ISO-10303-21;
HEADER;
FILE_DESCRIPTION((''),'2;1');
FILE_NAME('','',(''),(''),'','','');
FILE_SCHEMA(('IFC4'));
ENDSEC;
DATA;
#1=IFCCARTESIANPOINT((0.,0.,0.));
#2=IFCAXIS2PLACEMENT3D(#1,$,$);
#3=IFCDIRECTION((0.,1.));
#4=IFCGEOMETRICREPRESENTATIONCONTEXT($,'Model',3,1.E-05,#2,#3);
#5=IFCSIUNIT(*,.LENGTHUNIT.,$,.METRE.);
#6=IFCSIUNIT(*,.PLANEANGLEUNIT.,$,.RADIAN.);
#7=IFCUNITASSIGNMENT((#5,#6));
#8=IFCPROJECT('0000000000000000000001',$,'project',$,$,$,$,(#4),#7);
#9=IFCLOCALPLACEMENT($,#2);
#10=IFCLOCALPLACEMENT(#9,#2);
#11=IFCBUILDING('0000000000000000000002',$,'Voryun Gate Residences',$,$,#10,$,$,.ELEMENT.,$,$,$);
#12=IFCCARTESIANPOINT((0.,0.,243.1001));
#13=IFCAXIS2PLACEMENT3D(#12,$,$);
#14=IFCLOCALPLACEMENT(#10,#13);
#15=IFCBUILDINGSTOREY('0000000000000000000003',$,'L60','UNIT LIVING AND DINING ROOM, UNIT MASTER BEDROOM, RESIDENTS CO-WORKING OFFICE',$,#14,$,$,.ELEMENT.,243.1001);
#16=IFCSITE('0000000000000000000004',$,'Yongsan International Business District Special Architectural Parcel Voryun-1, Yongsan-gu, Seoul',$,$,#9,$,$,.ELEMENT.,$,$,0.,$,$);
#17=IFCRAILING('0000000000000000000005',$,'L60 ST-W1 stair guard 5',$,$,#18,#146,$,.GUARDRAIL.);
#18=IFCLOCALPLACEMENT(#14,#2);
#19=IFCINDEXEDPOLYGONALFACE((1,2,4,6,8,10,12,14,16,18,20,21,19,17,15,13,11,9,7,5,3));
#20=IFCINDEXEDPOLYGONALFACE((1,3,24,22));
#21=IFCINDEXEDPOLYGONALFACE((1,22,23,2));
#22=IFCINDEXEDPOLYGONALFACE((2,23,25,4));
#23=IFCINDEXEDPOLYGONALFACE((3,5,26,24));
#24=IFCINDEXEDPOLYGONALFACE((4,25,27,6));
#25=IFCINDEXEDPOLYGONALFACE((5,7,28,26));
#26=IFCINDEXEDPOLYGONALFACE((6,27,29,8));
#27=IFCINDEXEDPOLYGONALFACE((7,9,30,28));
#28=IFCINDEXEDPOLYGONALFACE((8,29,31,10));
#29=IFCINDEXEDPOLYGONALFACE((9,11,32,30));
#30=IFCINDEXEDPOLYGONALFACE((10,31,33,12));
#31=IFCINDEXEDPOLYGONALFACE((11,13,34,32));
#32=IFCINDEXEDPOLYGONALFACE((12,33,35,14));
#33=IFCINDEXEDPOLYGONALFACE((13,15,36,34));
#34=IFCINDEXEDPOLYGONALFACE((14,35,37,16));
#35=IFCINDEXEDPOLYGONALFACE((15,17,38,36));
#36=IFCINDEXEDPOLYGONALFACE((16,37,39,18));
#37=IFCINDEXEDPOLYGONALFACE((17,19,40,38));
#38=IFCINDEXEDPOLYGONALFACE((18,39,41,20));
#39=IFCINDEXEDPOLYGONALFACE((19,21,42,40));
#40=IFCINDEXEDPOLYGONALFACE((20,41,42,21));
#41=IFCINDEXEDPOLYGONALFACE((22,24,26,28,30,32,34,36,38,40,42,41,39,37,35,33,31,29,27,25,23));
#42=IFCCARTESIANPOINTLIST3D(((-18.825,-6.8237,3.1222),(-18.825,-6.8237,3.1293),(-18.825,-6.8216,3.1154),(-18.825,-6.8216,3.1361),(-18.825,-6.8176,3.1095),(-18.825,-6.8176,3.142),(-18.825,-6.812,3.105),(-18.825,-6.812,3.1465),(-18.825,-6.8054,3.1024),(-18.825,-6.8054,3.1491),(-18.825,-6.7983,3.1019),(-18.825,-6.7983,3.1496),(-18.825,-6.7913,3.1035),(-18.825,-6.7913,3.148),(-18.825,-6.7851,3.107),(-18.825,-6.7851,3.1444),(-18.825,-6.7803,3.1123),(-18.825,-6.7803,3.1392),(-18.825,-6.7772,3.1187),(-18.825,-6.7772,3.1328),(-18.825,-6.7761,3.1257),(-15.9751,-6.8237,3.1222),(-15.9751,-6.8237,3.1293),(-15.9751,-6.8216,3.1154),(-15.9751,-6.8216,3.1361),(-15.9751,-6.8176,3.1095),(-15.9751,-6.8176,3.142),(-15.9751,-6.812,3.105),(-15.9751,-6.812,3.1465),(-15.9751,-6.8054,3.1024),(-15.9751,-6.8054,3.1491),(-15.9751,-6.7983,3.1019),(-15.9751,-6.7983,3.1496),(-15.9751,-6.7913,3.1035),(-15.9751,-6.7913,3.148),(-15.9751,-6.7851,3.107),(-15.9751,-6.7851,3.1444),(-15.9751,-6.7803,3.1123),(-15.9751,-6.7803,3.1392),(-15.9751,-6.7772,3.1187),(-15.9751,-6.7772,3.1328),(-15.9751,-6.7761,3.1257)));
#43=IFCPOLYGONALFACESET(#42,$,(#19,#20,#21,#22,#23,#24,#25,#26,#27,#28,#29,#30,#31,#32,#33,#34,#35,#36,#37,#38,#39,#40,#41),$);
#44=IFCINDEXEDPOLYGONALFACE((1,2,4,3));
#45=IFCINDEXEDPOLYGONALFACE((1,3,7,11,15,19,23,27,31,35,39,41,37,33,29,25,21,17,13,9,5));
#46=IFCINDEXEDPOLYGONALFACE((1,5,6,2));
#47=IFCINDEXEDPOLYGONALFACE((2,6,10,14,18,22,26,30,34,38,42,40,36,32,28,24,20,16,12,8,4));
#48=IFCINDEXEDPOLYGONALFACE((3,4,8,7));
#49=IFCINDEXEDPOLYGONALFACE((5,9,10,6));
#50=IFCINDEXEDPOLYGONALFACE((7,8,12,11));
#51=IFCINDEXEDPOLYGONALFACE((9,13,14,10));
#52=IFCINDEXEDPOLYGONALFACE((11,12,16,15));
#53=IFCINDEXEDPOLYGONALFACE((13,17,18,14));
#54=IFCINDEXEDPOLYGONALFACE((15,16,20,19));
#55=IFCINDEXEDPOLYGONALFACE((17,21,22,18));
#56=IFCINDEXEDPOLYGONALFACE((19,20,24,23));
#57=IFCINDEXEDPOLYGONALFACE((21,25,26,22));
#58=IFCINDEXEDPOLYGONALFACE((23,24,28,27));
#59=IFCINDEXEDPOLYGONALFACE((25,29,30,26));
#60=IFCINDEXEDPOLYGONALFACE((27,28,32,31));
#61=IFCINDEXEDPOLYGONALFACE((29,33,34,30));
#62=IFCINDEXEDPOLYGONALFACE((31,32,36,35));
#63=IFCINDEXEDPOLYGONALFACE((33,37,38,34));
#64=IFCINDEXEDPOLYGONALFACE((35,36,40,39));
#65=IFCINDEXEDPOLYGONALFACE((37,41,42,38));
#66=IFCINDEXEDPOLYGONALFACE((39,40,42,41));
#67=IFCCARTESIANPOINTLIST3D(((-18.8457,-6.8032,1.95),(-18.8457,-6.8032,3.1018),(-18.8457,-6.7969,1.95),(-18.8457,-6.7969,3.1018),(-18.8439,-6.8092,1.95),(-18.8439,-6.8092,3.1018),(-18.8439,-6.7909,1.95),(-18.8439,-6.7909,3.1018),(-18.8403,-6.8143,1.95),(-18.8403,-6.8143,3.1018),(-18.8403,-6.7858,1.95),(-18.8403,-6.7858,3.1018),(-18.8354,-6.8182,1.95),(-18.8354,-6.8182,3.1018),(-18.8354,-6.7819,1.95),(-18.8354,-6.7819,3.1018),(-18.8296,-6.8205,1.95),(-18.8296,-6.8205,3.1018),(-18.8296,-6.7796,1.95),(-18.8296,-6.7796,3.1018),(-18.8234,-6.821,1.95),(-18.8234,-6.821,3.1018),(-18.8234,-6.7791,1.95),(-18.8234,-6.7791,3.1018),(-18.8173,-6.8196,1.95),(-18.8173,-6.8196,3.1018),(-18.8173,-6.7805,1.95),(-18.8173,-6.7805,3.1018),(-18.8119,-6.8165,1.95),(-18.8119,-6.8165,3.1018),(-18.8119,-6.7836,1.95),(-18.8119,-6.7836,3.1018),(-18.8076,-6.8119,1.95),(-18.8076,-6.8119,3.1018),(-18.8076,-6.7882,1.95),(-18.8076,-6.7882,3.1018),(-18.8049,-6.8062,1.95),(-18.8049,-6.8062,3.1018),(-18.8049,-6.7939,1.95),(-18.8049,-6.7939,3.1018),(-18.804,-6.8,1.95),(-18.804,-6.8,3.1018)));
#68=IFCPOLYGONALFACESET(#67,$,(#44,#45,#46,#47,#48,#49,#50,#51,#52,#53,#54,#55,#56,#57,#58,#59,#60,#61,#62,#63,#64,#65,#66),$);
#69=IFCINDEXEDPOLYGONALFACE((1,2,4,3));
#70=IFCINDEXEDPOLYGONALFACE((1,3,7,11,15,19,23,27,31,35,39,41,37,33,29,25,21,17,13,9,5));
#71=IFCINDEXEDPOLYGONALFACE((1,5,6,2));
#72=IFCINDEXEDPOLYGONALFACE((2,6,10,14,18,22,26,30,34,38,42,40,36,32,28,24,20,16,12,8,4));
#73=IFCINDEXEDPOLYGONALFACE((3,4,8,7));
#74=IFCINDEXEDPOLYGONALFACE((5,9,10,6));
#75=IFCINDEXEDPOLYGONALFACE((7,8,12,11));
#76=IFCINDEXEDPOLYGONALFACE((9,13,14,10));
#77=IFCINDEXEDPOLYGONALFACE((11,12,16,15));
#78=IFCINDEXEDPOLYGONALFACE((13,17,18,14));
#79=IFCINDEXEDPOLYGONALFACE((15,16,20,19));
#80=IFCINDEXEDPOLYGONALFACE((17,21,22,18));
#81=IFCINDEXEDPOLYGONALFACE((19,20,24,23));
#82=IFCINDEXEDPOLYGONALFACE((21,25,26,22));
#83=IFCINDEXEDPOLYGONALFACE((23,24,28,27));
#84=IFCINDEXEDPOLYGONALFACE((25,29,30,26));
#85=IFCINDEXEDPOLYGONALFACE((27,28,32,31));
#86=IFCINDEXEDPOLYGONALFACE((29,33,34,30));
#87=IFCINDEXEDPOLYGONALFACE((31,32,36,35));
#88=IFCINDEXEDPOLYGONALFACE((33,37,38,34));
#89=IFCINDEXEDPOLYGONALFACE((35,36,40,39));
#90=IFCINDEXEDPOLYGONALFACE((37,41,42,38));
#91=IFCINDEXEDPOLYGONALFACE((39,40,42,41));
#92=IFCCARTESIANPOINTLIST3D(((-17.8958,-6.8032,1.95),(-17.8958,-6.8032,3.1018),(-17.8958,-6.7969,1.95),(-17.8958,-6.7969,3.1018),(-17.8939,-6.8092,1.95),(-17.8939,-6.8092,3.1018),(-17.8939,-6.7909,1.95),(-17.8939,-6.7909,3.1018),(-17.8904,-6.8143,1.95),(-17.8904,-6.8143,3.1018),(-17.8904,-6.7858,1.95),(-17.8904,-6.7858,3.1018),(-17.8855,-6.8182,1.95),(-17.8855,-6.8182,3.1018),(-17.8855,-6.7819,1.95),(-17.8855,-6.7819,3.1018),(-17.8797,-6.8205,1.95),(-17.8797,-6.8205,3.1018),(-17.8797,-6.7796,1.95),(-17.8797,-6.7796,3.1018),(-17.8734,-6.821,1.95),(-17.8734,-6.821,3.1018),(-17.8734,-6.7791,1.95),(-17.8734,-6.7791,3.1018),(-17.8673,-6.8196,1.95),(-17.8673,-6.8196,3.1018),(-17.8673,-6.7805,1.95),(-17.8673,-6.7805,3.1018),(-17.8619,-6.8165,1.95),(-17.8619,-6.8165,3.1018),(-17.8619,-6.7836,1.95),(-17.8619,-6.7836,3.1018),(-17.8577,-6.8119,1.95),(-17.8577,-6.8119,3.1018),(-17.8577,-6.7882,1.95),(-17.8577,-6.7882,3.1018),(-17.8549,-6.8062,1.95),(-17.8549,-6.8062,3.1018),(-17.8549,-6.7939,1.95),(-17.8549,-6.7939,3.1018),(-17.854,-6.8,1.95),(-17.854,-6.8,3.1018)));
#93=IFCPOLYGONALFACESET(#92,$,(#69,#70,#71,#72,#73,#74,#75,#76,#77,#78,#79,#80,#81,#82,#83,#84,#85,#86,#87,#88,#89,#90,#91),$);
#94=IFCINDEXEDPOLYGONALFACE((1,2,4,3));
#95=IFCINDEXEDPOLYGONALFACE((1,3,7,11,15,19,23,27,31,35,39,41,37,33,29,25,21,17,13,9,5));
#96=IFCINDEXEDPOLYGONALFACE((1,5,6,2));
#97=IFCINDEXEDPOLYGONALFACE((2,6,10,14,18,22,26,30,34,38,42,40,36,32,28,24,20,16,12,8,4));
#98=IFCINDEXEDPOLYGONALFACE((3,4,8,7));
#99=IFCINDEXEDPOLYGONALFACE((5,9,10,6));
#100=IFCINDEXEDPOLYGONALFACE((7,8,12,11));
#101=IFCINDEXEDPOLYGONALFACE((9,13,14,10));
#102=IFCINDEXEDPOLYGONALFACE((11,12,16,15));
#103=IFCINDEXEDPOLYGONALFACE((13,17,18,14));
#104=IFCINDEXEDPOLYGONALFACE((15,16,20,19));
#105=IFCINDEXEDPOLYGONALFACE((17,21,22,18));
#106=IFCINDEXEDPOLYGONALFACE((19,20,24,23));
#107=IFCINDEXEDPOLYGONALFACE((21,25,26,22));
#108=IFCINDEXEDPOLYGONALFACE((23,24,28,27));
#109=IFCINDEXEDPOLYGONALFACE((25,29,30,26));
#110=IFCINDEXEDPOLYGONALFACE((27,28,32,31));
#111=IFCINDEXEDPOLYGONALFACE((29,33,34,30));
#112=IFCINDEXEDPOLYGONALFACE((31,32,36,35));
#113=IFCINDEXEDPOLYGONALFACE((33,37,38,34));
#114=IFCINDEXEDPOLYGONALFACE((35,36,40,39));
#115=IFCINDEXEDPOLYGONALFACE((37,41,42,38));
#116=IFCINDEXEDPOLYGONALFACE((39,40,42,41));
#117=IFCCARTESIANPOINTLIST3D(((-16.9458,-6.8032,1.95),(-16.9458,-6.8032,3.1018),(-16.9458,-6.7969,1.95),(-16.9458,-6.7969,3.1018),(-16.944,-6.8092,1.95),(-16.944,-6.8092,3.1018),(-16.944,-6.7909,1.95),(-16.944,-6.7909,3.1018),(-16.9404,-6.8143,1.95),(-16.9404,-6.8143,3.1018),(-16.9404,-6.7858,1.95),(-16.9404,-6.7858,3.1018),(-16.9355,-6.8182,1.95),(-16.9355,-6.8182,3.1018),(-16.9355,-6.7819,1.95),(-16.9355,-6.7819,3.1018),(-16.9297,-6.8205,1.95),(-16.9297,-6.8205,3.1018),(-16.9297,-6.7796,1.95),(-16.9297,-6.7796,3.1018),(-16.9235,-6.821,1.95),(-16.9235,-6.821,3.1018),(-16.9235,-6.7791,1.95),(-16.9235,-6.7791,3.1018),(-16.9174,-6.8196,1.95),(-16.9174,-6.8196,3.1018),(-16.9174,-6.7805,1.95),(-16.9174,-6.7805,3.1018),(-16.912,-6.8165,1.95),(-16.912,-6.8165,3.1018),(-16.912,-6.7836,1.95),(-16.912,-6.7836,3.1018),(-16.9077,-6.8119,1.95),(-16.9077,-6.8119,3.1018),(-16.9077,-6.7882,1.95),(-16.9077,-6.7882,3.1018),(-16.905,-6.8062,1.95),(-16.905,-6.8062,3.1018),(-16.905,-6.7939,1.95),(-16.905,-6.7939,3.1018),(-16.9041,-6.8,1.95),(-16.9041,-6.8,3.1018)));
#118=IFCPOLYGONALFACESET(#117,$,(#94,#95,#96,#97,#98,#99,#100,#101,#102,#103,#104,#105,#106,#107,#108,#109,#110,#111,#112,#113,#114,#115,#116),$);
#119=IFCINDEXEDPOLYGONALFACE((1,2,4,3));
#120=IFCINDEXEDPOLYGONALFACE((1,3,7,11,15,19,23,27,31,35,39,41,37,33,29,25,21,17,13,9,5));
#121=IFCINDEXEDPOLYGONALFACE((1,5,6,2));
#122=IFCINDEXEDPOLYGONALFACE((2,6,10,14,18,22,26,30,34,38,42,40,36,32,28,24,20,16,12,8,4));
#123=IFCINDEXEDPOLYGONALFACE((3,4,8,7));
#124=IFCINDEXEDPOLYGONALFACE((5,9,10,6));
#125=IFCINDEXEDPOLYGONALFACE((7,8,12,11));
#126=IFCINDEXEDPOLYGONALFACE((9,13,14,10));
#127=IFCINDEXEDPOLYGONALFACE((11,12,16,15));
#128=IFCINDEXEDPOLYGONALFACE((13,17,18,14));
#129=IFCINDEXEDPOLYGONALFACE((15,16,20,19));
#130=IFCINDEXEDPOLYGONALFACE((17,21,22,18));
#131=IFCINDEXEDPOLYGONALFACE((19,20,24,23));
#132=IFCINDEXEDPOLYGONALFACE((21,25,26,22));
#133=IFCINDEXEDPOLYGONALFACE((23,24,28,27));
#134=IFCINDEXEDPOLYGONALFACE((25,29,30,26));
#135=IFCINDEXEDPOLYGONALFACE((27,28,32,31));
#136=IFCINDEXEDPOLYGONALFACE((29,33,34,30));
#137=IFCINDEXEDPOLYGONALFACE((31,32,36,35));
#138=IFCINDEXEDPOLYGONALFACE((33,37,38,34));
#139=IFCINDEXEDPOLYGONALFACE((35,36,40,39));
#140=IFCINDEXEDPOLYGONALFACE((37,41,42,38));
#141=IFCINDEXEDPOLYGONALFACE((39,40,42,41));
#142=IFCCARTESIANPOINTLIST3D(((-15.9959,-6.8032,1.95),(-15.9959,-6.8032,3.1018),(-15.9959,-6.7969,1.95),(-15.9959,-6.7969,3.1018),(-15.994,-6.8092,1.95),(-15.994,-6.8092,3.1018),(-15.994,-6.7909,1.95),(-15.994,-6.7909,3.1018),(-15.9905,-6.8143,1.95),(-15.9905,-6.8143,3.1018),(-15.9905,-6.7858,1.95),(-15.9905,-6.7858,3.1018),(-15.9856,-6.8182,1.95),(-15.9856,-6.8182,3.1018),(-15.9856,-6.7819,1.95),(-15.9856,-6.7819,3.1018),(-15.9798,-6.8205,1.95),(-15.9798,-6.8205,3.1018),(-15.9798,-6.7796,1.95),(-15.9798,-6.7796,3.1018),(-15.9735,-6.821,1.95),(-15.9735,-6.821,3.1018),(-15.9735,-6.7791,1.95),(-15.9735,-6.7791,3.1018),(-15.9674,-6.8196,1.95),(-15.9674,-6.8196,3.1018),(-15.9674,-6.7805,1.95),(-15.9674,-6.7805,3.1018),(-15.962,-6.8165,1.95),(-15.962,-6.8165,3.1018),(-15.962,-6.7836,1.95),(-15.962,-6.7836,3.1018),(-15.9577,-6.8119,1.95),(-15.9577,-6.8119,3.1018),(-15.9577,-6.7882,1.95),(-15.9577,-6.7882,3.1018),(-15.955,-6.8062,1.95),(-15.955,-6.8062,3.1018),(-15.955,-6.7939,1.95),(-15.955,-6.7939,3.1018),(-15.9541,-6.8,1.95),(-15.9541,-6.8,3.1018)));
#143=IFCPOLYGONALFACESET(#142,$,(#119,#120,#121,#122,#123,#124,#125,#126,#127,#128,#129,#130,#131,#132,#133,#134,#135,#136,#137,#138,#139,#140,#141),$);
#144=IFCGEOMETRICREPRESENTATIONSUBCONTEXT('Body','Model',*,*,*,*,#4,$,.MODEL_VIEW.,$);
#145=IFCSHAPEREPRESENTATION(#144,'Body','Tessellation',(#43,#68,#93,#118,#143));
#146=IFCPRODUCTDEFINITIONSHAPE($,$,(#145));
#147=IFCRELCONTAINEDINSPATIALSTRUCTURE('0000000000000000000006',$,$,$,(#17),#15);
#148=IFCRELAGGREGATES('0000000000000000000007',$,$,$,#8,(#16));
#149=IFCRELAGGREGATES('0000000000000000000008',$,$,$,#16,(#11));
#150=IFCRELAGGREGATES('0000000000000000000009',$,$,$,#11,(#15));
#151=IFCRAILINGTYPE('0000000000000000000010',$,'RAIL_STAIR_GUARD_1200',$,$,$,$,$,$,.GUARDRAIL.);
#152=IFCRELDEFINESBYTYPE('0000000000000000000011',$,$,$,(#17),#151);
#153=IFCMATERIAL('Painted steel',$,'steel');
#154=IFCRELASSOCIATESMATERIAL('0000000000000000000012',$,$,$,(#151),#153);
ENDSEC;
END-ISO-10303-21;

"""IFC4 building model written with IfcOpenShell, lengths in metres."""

from ifc_helpers import new_model, si_unit, direction, frame, origin, origin_2d, place, context, subcontext, project, spatial, circle, extrude, material, type_object, element, save


model = new_model("IFC4")

# Units and contexts
model_context = context("Model", 3, precision=1e-05, world=origin(), true_north=direction((0.0, 1.0)))
body_context = subcontext(model_context, "Body", "Model", "MODEL_VIEW")
ifc_project = project(units=[si_unit("LENGTHUNIT", "METRE"), si_unit("PLANEANGLEUNIT", "RADIAN")], contexts=[model_context])

# Site, building, storey
site_placement = place(None, origin())
site = spatial("IfcSite", under=ifc_project, at=site_placement, Name="Yongsan International Business District Special Architectural Parcel Voryun-1, Yongsan-gu, Seoul", CompositionType="ELEMENT", RefElevation=0.0)
building_placement = place(site_placement, origin())
building = spatial("IfcBuilding", under=site, at=building_placement, Name="Voryun Gate Residences", CompositionType="ELEMENT")
storey_placement = place(building_placement, frame((0.0, 0.0, 243.1001)))
storey = spatial("IfcBuildingStorey", under=building, at=storey_placement, Name="L60", Description="UNIT LIVING AND DINING ROOM, UNIT MASTER BEDROOM, RESIDENTS CO-WORKING OFFICE", CompositionType="ELEMENT", Elevation=243.1001)

# Railing
ifc_material_1 = material(Name="Painted steel", Category="steel")
railing_type_1 = type_object("IfcRailingType", Name="RAIL_STAIR_GUARD_1200", PredefinedType="GUARDRAIL", material=ifc_material_1)
railing_1_placement = place(storey_placement, frame((-18.825, -6.8, 1.95)))
element("IfcRailing", 1, at=railing_1_placement, inside=storey, type_object=railing_type_1, Name="L60 ST-W1 stair guard 5", PredefinedType="GUARDRAIL", context=body_context, shape_type="SweptSolid", body=[
    extrude(circle(Radius=0.0239, at=origin_2d()), frame((0.0, 0.0, 1.1758), z_axis=(1.0, 0.0, 0.0), x_axis=(0.0, 1.0, 0.0)), (0.0, 0.0, 1.0), 2.8499),
    extrude(circle(Radius=0.021, at=origin_2d()), origin(), (0.0, 0.0, 1.0), 1.1519),
    extrude(circle(Radius=0.021, at=origin_2d()), frame((0.95, 0.0, 0.0)), (0.0, 0.0, 1.0), 1.1519),
    extrude(circle(Radius=0.021, at=origin_2d()), frame((1.8999, 0.0, 0.0)), (0.0, 0.0, 1.0), 1.1519),
    extrude(circle(Radius=0.021, at=origin_2d()), frame((2.8499, 0.0, 0.0)), (0.0, 0.0, 1.0), 1.1519),
])

save(model, "model.ifc")
